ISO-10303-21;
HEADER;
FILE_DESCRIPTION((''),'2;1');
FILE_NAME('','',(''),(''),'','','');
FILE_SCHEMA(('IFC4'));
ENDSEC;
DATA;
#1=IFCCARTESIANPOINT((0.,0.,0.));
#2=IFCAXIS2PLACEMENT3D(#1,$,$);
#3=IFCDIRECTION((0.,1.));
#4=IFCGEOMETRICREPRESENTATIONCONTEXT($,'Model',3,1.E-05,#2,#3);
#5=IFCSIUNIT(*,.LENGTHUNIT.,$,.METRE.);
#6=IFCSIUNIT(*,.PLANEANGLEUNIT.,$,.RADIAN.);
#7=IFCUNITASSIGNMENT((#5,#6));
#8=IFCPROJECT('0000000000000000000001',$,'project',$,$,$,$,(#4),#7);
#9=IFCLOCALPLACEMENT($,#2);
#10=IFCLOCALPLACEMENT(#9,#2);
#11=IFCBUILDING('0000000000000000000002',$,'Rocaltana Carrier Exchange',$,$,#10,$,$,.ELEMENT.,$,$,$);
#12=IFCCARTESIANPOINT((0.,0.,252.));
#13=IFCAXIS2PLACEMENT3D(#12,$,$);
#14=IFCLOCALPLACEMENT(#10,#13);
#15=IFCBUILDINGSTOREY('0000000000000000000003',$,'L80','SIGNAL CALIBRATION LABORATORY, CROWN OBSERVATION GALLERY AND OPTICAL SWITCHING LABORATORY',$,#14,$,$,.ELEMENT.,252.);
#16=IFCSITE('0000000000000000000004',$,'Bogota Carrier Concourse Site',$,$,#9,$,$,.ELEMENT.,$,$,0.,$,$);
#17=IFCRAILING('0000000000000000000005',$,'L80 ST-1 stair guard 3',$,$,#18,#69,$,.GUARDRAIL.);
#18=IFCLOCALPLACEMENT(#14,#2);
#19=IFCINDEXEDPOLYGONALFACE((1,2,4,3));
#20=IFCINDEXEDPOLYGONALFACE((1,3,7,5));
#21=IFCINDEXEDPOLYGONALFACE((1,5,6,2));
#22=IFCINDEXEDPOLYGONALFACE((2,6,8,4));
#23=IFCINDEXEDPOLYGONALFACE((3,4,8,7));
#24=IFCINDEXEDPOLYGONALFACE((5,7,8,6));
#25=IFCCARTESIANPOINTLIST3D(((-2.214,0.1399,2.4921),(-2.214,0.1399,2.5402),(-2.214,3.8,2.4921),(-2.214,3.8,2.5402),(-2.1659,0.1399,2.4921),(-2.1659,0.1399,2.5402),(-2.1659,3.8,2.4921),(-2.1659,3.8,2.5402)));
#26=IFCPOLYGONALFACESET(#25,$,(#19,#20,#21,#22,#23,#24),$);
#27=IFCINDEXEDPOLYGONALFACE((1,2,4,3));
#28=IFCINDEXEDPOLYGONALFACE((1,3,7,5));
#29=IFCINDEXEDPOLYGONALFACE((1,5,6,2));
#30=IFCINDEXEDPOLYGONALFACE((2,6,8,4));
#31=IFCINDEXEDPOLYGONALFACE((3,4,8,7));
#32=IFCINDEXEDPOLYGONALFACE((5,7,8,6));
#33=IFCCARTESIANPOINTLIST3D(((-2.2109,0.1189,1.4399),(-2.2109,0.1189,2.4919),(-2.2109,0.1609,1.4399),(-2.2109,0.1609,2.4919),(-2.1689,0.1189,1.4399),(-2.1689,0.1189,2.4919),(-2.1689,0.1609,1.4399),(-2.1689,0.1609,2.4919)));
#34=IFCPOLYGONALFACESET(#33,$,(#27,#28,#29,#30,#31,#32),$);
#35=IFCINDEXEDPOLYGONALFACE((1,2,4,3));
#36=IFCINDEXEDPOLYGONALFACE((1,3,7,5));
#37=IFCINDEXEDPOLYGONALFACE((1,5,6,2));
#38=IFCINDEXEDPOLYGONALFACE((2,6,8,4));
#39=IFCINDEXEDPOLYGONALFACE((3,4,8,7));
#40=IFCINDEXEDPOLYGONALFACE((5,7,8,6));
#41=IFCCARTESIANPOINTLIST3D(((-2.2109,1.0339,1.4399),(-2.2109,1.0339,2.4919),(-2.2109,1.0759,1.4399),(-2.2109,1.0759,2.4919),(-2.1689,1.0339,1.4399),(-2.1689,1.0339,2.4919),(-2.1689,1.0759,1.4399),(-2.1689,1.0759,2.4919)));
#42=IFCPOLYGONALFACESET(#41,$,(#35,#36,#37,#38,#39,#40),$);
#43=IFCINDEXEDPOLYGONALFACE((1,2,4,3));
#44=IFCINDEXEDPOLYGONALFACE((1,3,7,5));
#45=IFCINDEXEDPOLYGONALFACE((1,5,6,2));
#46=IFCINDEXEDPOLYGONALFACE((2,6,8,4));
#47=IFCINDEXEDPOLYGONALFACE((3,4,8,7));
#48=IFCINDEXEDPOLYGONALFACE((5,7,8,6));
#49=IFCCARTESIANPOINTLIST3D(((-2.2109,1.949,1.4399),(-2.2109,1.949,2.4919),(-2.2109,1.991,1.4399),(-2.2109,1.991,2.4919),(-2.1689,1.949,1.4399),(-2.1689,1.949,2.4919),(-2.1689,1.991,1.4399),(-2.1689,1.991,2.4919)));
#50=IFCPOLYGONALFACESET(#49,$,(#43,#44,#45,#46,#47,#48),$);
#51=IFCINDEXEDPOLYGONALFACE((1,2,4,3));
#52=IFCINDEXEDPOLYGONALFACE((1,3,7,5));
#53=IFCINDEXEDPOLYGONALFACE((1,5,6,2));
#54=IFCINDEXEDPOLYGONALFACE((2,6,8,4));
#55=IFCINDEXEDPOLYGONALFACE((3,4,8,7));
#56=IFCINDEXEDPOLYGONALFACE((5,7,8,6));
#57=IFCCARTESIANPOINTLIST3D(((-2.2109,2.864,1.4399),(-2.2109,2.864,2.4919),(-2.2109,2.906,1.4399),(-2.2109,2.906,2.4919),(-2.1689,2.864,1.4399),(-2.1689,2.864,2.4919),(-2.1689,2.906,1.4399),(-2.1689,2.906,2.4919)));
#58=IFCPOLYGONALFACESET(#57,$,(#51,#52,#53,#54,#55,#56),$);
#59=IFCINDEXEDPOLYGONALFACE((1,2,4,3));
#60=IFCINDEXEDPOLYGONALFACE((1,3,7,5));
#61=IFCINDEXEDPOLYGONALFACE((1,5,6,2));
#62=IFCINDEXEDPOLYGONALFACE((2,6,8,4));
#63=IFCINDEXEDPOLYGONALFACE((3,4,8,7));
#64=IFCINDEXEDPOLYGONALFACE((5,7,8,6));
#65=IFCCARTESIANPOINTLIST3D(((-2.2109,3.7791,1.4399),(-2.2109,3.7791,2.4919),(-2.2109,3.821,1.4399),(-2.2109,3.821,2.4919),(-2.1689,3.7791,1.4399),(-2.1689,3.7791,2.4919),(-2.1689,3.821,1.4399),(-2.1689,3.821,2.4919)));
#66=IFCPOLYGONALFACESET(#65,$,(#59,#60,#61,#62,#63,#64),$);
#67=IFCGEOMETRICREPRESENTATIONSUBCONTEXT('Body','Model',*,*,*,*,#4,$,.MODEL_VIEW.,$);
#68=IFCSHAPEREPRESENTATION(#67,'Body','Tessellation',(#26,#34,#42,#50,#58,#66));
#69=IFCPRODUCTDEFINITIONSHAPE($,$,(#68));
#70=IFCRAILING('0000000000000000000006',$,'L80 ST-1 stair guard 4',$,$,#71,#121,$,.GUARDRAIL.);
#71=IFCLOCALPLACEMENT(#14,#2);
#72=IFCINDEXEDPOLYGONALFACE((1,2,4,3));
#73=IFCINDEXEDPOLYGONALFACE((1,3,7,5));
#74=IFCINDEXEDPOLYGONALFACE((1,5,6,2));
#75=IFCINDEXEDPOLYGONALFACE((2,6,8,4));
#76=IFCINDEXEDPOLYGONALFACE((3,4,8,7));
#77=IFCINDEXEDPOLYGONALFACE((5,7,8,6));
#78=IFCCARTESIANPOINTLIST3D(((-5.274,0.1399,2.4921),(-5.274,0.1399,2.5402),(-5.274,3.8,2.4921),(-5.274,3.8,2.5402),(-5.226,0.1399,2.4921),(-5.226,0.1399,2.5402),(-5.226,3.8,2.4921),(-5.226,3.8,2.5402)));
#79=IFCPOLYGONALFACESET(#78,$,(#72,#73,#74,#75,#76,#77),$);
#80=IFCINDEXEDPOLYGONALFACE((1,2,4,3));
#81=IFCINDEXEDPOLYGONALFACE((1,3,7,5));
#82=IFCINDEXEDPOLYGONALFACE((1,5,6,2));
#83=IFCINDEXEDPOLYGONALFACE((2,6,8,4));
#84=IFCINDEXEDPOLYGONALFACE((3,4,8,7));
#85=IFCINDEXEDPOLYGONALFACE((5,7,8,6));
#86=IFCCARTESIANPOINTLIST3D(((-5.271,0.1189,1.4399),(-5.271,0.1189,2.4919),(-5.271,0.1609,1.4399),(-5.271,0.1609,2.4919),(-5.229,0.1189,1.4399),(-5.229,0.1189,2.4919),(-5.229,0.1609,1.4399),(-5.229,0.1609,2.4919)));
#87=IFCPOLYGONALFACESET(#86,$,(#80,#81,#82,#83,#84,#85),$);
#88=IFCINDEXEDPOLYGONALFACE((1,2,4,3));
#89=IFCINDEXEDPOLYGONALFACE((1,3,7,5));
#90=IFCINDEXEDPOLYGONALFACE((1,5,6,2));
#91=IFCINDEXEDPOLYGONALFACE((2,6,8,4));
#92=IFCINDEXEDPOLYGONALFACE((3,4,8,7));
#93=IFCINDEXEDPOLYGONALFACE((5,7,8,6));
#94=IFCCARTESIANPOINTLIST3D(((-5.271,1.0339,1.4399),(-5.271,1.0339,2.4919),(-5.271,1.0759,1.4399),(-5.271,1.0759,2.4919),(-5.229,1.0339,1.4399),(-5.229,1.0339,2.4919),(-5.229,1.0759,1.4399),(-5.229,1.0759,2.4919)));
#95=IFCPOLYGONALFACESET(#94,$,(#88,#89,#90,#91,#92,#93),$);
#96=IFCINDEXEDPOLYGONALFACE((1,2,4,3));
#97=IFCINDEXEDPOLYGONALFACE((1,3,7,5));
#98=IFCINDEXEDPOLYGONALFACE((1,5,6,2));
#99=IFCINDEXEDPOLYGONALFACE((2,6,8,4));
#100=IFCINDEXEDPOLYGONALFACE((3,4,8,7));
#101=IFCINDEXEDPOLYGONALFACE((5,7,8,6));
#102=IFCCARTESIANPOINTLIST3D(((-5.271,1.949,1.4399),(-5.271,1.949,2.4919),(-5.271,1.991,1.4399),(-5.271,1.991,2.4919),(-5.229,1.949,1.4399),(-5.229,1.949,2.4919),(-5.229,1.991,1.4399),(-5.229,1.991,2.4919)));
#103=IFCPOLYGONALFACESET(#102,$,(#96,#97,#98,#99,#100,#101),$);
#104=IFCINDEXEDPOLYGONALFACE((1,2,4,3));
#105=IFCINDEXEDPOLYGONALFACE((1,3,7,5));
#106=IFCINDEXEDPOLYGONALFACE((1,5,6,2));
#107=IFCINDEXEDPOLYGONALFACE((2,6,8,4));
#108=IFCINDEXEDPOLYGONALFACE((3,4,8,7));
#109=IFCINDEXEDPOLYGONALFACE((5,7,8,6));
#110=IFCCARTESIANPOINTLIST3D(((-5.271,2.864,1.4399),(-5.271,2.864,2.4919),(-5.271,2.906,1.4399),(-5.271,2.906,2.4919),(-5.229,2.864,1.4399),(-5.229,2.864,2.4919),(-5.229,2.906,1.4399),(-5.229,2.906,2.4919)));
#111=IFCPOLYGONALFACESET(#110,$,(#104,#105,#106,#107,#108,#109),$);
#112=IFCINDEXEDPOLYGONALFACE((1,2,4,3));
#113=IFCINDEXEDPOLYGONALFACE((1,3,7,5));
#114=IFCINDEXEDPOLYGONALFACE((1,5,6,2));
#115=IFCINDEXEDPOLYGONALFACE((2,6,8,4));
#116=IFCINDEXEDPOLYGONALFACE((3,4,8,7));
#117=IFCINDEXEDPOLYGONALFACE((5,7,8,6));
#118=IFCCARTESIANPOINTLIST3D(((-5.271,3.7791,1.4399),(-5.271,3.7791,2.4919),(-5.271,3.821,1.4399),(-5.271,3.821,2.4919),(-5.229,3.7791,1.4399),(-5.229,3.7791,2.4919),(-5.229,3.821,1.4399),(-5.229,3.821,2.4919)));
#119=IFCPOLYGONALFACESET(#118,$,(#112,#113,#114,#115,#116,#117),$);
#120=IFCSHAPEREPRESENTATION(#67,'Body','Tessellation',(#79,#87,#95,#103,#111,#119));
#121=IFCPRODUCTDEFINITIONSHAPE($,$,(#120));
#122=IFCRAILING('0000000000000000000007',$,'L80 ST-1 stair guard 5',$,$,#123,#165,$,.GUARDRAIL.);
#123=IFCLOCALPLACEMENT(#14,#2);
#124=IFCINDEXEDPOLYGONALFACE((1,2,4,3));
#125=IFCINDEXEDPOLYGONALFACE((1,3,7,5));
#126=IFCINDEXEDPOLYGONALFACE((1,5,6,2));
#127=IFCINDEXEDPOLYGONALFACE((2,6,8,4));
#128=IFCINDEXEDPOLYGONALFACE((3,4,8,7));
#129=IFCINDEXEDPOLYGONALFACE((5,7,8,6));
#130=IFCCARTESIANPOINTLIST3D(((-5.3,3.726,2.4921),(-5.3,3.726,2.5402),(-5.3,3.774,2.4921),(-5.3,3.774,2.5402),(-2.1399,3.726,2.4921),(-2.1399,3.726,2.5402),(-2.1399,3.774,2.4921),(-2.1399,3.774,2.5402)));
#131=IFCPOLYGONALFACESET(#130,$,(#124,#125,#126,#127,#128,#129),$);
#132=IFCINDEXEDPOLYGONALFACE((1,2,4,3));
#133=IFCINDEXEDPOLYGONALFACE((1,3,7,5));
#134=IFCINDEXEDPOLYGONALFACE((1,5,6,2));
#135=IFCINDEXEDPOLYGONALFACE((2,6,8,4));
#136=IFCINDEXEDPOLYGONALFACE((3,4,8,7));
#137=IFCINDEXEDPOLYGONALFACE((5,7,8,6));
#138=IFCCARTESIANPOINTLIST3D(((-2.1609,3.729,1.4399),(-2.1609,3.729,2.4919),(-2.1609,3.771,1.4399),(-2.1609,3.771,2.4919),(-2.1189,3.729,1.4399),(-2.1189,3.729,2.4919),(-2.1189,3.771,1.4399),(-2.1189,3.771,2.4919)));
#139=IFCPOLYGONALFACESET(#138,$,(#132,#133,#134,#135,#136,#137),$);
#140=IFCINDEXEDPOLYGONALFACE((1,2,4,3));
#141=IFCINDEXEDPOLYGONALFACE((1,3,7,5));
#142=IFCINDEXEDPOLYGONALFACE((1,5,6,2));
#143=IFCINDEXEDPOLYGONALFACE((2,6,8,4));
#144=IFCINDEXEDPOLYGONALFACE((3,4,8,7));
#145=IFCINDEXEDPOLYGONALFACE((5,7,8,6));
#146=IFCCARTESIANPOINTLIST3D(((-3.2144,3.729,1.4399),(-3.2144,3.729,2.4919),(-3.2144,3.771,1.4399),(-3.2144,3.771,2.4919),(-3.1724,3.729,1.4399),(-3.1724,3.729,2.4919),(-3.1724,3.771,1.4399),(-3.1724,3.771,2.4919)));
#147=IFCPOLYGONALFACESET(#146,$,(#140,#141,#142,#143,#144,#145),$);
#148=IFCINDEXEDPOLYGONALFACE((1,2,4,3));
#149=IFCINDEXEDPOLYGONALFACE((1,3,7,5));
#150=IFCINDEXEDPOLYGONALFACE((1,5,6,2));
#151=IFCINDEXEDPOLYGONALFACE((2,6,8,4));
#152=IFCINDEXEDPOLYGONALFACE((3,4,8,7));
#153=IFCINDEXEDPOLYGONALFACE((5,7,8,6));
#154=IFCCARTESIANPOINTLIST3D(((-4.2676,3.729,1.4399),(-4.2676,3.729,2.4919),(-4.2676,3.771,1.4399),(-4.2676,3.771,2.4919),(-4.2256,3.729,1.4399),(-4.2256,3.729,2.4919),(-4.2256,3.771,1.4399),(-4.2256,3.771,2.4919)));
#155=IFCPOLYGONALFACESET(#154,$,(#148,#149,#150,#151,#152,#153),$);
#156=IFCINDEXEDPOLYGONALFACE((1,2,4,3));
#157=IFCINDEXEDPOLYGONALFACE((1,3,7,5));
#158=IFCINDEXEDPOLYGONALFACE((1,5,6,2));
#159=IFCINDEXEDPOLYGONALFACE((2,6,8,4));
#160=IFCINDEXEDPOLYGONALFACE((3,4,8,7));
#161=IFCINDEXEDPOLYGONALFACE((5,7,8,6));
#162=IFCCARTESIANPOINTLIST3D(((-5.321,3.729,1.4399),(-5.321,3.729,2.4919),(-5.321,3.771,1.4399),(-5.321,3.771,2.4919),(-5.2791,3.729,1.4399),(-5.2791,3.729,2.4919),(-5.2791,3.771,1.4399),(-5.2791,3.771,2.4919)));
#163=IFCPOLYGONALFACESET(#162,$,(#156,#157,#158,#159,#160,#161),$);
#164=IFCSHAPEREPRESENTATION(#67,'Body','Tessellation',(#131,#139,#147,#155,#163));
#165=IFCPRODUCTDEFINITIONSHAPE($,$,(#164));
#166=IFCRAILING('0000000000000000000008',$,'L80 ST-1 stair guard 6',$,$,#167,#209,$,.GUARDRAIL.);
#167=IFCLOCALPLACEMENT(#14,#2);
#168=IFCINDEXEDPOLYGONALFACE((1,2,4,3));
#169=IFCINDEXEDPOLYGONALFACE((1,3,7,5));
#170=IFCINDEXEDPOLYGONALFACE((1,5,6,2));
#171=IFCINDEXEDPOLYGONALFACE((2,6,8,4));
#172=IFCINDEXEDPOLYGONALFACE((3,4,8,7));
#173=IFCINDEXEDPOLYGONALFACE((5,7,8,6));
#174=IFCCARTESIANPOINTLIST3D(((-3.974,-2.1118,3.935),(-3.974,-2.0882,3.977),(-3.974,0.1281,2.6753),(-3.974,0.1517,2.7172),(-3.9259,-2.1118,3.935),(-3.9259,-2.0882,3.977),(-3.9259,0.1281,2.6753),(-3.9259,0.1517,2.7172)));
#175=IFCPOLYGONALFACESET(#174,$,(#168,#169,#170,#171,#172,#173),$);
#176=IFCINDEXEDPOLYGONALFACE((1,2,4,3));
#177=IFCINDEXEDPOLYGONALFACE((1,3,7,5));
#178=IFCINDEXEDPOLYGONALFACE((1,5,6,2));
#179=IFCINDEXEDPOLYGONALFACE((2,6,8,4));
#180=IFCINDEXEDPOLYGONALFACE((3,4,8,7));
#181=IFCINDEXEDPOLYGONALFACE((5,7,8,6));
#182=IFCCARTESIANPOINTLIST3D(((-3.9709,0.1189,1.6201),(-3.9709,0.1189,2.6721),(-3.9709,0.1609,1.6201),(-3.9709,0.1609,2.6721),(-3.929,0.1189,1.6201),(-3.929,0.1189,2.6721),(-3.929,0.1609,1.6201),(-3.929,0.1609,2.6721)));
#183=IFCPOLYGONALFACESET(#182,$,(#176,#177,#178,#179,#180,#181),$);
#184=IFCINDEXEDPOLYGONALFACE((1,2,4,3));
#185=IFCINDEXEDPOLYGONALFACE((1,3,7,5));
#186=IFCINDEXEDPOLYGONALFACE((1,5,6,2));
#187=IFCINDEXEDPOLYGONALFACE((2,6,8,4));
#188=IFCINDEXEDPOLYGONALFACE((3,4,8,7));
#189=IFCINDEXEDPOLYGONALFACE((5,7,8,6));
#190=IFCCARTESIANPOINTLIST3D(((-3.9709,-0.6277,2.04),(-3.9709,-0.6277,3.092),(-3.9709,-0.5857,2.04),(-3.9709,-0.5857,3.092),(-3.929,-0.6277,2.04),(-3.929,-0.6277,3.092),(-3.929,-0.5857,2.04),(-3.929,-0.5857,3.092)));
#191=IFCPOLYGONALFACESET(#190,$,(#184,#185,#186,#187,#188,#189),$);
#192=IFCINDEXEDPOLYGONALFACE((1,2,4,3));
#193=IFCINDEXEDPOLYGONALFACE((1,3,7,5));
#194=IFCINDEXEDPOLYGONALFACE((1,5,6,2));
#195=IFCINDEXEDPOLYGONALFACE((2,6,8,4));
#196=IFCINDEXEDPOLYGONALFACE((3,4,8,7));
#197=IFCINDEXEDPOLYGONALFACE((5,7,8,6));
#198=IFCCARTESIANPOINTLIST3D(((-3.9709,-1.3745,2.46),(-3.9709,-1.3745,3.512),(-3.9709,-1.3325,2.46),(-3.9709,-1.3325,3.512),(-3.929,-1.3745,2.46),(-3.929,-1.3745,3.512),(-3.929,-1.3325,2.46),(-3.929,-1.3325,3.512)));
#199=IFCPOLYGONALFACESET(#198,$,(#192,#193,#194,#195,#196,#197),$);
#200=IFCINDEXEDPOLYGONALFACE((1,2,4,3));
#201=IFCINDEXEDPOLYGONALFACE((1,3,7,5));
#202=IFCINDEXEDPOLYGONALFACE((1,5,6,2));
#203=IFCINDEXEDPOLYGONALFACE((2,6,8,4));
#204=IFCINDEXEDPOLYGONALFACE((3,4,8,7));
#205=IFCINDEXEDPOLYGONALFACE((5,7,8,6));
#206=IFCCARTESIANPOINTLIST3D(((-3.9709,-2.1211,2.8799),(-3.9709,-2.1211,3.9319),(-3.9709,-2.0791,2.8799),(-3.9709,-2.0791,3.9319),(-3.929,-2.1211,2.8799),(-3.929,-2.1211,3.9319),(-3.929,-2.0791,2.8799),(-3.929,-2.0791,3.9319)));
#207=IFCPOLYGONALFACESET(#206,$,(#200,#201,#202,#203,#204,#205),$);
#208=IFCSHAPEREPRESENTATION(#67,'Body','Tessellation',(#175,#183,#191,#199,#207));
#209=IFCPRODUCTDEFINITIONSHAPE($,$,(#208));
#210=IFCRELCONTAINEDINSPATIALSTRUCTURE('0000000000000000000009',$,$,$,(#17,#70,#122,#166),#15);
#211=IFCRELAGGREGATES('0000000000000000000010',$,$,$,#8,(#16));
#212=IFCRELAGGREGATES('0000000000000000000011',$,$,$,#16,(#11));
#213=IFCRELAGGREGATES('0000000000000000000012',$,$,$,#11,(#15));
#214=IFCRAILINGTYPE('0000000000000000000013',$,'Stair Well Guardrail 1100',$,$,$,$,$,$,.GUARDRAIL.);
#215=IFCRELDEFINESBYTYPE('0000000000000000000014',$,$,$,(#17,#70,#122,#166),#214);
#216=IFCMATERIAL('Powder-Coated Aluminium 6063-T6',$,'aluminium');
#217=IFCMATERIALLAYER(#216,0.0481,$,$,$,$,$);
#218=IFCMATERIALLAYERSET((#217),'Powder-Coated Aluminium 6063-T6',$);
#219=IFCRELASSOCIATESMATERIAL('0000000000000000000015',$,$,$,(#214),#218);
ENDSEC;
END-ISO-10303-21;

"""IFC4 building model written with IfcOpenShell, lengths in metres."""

from ifc_helpers import new_model, si_unit, direction, frame, origin, origin_2d, place, context, subcontext, project, spatial, rectangle, extrude, material, layer, layer_set, type_object, element, save


model = new_model("IFC4")

# Units and contexts
model_context = context("Model", 3, precision=1e-05, world=origin(), true_north=direction((0.0, 1.0)))
body_context = subcontext(model_context, "Body", "Model", "MODEL_VIEW")
ifc_project = project(units=[si_unit("LENGTHUNIT", "METRE"), si_unit("PLANEANGLEUNIT", "RADIAN")], contexts=[model_context])

# Site, building, storey
site_placement = place(None, origin())
site = spatial("IfcSite", under=ifc_project, at=site_placement, Name="Bogota Carrier Concourse Site", CompositionType="ELEMENT", RefElevation=0.0)
building_placement = place(site_placement, origin())
building = spatial("IfcBuilding", under=site, at=building_placement, Name="Rocaltana Carrier Exchange", CompositionType="ELEMENT")
storey_placement = place(building_placement, frame((0.0, 0.0, 252.0)))
storey = spatial("IfcBuildingStorey", under=building, at=storey_placement, Name="L80", Description="SIGNAL CALIBRATION LABORATORY, CROWN OBSERVATION GALLERY AND OPTICAL SWITCHING LABORATORY", CompositionType="ELEMENT", Elevation=252.0)

# Railings
ifc_material_1 = material(Name="Powder-Coated Aluminium 6063-T6", Category="aluminium")
ifc_layer_1 = layer(ifc_material_1, 0.0481)
ifc_layer_set_1 = layer_set([ifc_layer_1], Name="Powder-Coated Aluminium 6063-T6")
railing_type_1 = type_object("IfcRailingType", Name="Stair Well Guardrail 1100", PredefinedType="GUARDRAIL", material=ifc_layer_set_1)
for number, where, name in (
    (1, (-2.1899, 0.1399, 1.4399), "L80 ST-1 stair guard 3"),
    (2, (-5.25, 0.1399, 1.4399), "L80 ST-1 stair guard 4"),
):
    element("IfcRailing", number, at=place(storey_placement, frame(where)), inside=storey, type_object=railing_type_1, Name=name, PredefinedType="GUARDRAIL", context=body_context, shape_type="SweptSolid", body=[
        extrude(rectangle(XDim=0.0481, YDim=0.0481, at=origin_2d()), frame((0.0, 0.0, 1.0762), z_axis=(0.0, 1.0, 0.0), x_axis=(-1.0, 0.0, 0.0)), (0.0, 0.0, 1.0), 3.6602),
        extrude(rectangle(XDim=0.042, YDim=0.042, at=origin_2d()), origin(), (0.0, 0.0, 1.0), 1.052),
        extrude(rectangle(XDim=0.042, YDim=0.042, at=origin_2d()), frame((0.0, 0.915, 0.0)), (0.0, 0.0, 1.0), 1.052),
        extrude(rectangle(XDim=0.042, YDim=0.042, at=origin_2d()), frame((0.0, 1.8301, 0.0)), (0.0, 0.0, 1.0), 1.052),
        extrude(rectangle(XDim=0.042, YDim=0.042, at=origin_2d()), frame((0.0, 2.7451, 0.0)), (0.0, 0.0, 1.0), 1.052),
        extrude(rectangle(XDim=0.042, YDim=0.042, at=origin_2d()), frame((0.0, 3.6602, 0.0)), (0.0, 0.0, 1.0), 1.052),
    ])
railing_1_placement = place(storey_placement, frame((-2.1399, 3.75, 1.4399)))
element("IfcRailing", 3, at=railing_1_placement, inside=storey, type_object=railing_type_1, Name="L80 ST-1 stair guard 5", PredefinedType="GUARDRAIL", context=body_context, shape_type="SweptSolid", body=[
    extrude(rectangle(XDim=0.0481, YDim=0.0481, at=origin_2d()), frame((0.0, 0.0, 1.0762), z_axis=(-1.0, 0.0, 0.0), x_axis=(0.0, -1.0, 0.0)), (0.0, 0.0, 1.0), 3.1602),
    extrude(rectangle(XDim=0.042, YDim=0.042, at=origin_2d()), origin(), (0.0, 0.0, 1.0), 1.052),
    extrude(rectangle(XDim=0.042, YDim=0.042, at=origin_2d()), frame((-1.0535, 0.0, 0.0)), (0.0, 0.0, 1.0), 1.052),
    extrude(rectangle(XDim=0.042, YDim=0.042, at=origin_2d()), frame((-2.1067, 0.0, 0.0)), (0.0, 0.0, 1.0), 1.052),
    extrude(rectangle(XDim=0.042, YDim=0.042, at=origin_2d()), frame((-3.1602, 0.0, 0.0)), (0.0, 0.0, 1.0), 1.052),
])
railing_2_placement = place(storey_placement, frame((-3.95, 0.1399, 1.6201)))
element("IfcRailing", 4, at=railing_2_placement, inside=storey, type_object=railing_type_1, Name="L80 ST-1 stair guard 6", PredefinedType="GUARDRAIL", context=body_context, shape_type="SweptSolid", body=[
    extrude(rectangle(XDim=0.0481, YDim=0.0481, at=origin_2d()), frame((0.0, 0.0, 1.0762), z_axis=(0.0, -0.871614, 0.490194), x_axis=(1.0, 0.0, 0.0)), (0.0, 0.0, 1.0), 2.5698),
    extrude(rectangle(XDim=0.042, YDim=0.042, at=origin_2d()), origin(), (0.0, 0.0, 1.0), 1.052),
    extrude(rectangle(XDim=0.042, YDim=0.042, at=origin_2d()), frame((0.0, -0.7466, 0.4199)), (0.0, 0.0, 1.0), 1.052),
    extrude(rectangle(XDim=0.042, YDim=0.042, at=origin_2d()), frame((0.0, -1.4934, 0.8398)), (0.0, 0.0, 1.0), 1.052),
    extrude(rectangle(XDim=0.042, YDim=0.042, at=origin_2d()), frame((0.0, -2.24, 1.2598)), (0.0, 0.0, 1.0), 1.052),
])

save(model, "model.ifc")
